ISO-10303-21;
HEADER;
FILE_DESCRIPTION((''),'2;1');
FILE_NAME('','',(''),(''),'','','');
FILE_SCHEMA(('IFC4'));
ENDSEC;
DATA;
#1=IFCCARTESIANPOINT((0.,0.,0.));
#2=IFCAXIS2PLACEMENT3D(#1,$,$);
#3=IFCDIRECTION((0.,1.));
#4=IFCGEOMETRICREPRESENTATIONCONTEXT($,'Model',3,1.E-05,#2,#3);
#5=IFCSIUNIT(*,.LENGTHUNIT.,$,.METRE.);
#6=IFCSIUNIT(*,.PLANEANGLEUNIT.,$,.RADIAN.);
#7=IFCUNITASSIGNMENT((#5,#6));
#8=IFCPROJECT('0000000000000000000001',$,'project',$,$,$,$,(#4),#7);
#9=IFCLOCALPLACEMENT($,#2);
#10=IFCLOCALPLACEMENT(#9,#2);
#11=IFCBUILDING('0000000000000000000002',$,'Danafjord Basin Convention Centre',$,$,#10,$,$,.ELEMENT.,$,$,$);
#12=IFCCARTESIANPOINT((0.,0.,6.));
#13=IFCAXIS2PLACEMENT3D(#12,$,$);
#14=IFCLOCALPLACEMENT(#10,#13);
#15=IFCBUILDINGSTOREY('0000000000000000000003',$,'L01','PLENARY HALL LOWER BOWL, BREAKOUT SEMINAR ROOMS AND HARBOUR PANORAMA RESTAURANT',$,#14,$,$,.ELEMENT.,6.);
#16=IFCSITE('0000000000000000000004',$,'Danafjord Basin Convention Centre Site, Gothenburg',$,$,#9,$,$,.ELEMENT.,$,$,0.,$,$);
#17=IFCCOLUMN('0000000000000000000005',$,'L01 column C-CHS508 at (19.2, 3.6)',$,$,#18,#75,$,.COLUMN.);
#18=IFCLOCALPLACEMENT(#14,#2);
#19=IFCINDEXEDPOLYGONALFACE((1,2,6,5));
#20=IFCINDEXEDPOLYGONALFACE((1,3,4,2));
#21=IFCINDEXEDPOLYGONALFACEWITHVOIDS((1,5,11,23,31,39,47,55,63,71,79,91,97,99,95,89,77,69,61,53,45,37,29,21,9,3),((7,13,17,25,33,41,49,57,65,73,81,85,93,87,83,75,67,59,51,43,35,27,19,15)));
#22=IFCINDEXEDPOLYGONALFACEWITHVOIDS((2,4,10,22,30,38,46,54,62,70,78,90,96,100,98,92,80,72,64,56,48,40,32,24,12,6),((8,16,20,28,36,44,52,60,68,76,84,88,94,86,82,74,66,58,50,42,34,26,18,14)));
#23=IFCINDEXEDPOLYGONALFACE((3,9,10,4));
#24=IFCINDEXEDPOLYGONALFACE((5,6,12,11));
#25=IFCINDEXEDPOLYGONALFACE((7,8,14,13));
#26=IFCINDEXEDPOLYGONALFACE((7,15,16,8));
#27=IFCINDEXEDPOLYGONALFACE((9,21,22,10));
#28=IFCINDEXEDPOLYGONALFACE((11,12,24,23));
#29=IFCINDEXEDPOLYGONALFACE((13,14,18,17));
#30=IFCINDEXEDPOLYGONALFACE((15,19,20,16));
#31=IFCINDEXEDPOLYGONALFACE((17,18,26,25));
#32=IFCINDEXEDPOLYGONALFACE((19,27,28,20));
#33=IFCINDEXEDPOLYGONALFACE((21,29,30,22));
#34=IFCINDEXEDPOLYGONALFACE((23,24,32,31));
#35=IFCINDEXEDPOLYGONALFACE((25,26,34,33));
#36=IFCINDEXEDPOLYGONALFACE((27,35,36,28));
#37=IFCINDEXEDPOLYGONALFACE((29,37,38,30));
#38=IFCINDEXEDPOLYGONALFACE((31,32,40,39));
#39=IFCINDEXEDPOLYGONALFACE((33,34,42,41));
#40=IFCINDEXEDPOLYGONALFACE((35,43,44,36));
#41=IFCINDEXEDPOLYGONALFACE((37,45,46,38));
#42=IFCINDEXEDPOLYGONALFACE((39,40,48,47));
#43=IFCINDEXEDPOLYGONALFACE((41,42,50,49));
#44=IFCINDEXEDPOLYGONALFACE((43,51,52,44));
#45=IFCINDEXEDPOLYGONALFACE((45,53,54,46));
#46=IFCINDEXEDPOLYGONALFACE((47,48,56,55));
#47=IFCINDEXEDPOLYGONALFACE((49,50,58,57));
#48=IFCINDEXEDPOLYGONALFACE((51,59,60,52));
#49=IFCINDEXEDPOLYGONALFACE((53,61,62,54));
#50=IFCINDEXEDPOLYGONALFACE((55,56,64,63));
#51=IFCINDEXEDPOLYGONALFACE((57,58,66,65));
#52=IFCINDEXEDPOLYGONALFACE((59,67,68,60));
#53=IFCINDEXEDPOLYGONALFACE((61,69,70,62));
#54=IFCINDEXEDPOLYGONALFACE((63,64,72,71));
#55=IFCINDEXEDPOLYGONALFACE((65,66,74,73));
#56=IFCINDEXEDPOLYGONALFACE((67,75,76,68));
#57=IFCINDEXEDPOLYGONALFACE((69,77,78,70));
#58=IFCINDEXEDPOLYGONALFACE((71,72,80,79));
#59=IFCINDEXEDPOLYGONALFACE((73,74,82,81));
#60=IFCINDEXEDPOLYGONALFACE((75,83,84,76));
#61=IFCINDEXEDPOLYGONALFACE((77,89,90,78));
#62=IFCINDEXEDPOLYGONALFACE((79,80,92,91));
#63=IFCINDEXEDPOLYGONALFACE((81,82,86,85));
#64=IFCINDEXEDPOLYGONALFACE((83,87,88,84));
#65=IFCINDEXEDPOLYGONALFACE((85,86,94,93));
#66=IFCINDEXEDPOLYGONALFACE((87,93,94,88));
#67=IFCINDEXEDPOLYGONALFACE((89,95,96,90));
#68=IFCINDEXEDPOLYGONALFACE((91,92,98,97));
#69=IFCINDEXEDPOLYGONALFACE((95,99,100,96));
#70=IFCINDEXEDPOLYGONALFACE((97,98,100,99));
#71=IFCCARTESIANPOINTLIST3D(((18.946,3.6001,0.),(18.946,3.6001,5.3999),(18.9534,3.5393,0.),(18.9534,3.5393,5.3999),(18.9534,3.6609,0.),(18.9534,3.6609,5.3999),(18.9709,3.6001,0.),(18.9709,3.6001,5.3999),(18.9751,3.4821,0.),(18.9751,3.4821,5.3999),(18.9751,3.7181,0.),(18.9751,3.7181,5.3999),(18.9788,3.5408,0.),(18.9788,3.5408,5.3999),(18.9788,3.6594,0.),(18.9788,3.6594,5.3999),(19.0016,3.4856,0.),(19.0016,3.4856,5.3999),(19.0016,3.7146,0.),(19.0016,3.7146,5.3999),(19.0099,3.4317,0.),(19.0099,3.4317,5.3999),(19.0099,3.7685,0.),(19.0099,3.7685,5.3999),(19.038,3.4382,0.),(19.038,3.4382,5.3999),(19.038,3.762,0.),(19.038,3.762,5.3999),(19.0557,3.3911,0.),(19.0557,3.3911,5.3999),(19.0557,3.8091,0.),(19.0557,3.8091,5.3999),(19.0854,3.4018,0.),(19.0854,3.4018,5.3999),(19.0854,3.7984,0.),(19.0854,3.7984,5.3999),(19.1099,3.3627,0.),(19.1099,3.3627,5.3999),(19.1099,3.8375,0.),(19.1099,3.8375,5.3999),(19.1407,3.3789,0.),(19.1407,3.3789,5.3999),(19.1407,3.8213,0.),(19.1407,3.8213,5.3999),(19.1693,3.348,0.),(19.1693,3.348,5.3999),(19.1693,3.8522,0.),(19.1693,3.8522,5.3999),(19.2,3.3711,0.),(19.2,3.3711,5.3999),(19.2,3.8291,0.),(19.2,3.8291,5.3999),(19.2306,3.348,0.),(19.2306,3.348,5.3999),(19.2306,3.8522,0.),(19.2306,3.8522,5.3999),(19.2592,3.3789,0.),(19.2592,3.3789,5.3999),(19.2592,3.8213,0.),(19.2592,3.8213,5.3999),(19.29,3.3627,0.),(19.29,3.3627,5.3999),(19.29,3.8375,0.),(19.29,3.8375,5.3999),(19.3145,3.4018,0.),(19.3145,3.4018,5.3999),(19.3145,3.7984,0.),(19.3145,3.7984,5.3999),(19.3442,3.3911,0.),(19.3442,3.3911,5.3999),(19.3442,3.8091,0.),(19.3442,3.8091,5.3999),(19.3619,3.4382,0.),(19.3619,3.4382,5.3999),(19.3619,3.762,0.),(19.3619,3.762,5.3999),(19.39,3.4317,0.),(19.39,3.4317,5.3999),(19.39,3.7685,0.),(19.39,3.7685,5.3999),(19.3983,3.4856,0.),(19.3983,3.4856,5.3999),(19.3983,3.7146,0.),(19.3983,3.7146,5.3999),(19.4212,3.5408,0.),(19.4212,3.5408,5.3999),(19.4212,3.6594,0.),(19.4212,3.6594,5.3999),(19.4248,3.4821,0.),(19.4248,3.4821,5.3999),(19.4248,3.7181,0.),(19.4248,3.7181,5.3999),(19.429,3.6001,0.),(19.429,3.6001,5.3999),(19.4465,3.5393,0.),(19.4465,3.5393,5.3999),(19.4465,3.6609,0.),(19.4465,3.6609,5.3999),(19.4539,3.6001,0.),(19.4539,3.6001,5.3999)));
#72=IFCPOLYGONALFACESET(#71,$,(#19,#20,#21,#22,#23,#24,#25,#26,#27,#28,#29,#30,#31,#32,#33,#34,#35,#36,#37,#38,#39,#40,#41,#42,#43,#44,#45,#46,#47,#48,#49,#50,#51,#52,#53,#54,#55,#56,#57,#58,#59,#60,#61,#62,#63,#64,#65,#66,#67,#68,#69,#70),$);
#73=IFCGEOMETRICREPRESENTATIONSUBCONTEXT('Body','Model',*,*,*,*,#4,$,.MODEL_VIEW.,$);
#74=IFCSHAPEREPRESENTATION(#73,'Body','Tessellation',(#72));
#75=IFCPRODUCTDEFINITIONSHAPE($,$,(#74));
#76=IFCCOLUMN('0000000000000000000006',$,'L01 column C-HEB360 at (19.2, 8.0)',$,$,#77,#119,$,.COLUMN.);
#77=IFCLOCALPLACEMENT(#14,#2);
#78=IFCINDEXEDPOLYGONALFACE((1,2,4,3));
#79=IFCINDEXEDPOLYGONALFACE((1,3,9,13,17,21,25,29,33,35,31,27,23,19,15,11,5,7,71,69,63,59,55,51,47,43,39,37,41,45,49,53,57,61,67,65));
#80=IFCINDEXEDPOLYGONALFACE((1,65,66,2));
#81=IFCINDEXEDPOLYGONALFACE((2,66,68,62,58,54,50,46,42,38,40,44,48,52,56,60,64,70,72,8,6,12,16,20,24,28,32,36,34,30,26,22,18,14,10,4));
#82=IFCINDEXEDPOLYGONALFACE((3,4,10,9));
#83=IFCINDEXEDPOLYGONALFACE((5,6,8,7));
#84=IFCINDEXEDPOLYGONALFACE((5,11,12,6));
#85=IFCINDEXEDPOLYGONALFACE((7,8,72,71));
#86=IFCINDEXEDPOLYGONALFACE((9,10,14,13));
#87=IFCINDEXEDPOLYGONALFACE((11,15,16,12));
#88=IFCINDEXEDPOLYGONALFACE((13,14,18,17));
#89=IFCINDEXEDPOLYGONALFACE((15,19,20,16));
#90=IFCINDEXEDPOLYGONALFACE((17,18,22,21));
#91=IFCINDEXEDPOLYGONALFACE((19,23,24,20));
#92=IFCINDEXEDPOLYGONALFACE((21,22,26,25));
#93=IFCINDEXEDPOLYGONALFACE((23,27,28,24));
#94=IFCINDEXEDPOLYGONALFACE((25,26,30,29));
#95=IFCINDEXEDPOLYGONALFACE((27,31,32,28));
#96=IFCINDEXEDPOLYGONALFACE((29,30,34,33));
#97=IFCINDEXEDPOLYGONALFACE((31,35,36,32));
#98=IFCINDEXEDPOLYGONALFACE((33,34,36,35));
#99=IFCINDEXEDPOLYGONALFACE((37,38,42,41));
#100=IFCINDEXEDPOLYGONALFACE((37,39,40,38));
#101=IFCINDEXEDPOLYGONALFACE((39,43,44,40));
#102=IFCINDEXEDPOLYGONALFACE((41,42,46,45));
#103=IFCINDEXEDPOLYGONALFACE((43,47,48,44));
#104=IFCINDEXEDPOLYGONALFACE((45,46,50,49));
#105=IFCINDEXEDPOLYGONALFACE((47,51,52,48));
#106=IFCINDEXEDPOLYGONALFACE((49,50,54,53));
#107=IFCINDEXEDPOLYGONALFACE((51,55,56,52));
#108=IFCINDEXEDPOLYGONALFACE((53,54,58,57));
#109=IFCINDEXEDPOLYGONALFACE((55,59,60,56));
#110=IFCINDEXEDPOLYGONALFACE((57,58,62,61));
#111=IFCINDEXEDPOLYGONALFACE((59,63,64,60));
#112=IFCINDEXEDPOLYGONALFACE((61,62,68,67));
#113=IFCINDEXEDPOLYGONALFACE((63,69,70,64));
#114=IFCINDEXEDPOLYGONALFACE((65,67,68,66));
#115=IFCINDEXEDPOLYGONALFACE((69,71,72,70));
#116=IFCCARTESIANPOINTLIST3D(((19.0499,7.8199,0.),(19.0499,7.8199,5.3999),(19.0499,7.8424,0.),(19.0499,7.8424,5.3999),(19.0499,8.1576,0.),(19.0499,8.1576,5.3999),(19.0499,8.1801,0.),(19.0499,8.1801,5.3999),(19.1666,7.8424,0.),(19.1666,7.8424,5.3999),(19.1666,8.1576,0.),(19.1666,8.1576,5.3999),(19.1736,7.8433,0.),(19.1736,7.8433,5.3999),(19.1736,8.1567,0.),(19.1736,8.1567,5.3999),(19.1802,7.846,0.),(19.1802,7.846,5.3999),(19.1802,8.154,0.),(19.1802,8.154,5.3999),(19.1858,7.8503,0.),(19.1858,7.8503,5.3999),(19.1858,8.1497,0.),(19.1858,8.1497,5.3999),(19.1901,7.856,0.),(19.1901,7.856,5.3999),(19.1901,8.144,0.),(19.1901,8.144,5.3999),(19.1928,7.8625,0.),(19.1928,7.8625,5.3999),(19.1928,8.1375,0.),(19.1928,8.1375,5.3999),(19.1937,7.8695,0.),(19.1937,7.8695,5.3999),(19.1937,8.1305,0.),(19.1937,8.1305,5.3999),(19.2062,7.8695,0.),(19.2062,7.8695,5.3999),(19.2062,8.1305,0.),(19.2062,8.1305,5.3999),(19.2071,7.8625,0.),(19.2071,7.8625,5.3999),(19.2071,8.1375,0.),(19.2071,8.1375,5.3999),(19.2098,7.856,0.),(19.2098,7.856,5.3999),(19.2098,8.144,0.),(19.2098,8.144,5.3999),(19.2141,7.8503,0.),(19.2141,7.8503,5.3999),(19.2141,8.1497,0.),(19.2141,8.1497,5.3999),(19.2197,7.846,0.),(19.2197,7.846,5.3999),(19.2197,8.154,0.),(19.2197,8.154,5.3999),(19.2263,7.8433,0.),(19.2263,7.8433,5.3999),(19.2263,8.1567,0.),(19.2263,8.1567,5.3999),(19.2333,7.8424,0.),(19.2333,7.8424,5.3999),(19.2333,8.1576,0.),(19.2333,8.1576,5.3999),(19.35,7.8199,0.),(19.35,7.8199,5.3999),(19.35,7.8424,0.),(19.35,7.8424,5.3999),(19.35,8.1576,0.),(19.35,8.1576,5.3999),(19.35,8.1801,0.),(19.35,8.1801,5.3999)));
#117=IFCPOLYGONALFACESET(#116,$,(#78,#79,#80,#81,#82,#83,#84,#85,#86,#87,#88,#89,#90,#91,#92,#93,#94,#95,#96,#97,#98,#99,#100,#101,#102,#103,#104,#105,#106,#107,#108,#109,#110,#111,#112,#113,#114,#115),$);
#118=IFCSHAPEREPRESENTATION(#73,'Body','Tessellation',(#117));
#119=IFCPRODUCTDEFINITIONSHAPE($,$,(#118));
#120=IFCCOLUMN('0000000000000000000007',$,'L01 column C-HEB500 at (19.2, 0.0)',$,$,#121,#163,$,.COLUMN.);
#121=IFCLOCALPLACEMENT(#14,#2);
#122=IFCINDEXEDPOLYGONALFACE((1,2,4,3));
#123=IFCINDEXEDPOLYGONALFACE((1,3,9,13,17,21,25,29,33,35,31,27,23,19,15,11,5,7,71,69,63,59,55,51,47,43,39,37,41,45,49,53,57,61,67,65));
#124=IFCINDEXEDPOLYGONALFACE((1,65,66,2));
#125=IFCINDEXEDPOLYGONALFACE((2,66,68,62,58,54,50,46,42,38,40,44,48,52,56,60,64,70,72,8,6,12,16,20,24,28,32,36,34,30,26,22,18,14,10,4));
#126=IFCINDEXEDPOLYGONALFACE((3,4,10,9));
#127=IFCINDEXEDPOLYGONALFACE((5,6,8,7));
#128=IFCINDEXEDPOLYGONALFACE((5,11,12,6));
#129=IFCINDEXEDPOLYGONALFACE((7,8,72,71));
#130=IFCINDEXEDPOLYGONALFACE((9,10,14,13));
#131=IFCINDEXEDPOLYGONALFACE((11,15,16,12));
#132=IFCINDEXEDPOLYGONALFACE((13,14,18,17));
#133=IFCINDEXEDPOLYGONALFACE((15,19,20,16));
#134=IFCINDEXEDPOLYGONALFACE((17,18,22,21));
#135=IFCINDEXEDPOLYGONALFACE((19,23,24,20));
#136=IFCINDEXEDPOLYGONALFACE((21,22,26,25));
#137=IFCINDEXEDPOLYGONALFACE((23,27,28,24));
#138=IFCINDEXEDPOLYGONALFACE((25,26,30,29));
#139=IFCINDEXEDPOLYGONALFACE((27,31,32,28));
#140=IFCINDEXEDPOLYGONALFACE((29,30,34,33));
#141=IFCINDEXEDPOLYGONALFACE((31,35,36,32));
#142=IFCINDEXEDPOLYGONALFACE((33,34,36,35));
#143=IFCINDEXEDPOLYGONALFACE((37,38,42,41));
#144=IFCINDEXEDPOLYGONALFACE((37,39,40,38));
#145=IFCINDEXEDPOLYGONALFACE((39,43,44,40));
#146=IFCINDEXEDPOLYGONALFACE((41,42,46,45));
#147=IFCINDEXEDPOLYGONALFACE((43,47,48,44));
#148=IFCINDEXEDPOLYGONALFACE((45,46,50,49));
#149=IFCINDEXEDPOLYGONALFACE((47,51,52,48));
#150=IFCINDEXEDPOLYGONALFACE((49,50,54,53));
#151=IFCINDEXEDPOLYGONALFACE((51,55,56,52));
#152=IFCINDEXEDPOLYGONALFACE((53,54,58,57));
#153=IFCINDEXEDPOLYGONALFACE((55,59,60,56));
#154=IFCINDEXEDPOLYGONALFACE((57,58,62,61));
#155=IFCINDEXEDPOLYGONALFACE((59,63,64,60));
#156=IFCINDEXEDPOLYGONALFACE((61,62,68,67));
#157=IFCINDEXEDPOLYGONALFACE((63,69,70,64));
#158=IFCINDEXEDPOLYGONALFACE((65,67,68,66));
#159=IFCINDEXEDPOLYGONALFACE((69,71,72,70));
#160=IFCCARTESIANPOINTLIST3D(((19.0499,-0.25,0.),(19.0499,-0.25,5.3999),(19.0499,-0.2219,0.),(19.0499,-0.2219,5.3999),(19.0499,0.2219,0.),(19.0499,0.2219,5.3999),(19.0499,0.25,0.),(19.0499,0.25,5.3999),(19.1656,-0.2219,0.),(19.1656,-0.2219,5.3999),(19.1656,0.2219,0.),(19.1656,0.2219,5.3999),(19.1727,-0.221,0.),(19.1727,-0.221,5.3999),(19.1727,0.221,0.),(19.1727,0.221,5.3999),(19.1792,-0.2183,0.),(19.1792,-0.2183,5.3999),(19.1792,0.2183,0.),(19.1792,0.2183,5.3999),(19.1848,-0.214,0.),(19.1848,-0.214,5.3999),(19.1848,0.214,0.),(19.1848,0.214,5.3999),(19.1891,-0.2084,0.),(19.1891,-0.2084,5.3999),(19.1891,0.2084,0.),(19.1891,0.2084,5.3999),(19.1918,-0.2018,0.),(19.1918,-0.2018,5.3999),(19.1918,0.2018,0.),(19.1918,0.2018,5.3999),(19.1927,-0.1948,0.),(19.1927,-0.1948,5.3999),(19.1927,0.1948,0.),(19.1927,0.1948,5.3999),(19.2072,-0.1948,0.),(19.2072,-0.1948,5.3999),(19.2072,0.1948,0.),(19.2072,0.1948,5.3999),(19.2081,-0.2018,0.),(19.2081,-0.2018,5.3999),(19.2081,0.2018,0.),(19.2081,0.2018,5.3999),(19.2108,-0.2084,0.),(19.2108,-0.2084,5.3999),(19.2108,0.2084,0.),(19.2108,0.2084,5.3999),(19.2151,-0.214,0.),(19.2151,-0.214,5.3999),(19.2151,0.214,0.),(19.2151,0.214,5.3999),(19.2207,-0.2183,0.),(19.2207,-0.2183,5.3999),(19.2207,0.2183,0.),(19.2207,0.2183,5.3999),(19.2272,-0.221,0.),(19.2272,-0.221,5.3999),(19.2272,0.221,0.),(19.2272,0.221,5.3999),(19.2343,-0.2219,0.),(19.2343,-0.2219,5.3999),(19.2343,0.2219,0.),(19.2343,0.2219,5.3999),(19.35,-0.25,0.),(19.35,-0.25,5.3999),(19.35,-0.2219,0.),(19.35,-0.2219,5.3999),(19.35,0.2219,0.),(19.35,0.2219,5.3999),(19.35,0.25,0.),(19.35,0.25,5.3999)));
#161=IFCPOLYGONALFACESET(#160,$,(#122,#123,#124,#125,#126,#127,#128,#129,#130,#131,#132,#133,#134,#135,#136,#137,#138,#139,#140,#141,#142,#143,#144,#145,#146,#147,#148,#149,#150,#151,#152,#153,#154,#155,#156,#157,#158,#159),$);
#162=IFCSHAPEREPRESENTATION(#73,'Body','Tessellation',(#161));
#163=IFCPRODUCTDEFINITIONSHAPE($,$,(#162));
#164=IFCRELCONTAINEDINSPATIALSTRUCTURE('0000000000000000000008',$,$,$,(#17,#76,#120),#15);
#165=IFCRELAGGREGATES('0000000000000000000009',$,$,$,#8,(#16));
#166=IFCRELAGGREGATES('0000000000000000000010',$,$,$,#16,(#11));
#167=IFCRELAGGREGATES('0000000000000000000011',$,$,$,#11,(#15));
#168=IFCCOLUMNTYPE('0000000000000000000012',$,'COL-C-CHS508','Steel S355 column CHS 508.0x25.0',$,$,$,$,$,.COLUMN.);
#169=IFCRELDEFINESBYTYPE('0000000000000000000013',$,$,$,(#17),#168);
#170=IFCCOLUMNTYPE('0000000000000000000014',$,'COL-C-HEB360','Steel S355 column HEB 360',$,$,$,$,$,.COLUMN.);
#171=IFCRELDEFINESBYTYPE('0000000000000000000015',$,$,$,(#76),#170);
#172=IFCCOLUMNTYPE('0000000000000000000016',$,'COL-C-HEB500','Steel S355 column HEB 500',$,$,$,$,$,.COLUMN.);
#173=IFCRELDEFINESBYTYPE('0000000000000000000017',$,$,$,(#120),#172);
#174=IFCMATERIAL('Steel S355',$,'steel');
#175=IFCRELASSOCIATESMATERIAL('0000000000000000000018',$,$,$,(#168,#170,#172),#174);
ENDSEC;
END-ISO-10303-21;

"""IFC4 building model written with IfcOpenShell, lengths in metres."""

from ifc_helpers import new_model, si_unit, direction, frame, origin, origin_2d, place, context, subcontext, project, spatial, hollow_circle, i_section, extrude, material, material_profile, profile_set, type_object, element, save


model = new_model("IFC4")

# Units and contexts
model_context = context("Model", 3, precision=1e-05, world=origin(), true_north=direction((0.0, 1.0)))
body_context = subcontext(model_context, "Body", "Model", "MODEL_VIEW")
ifc_project = project(units=[si_unit("LENGTHUNIT", "METRE"), si_unit("PLANEANGLEUNIT", "RADIAN")], contexts=[model_context])

# Site, building, storey
site_placement = place(None, origin())
site = spatial("IfcSite", under=ifc_project, at=site_placement, Name="Danafjord Basin Convention Centre Site, Gothenburg", CompositionType="ELEMENT", RefElevation=0.0)
building_placement = place(site_placement, origin())
building = spatial("IfcBuilding", under=site, at=building_placement, Name="Danafjord Basin Convention Centre", CompositionType="ELEMENT")
storey_placement = place(building_placement, frame((0.0, 0.0, 6.0)))
storey = spatial("IfcBuildingStorey", under=building, at=storey_placement, Name="L01", Description="PLENARY HALL LOWER BOWL, BREAKOUT SEMINAR ROOMS AND HARBOUR PANORAMA RESTAURANT", CompositionType="ELEMENT", Elevation=6.0)

# Columns
ifc_material_1 = material(Name="Steel S355", Category="steel")
ifc_material_profile_1 = material_profile(ifc_material_1, hollow_circle(Radius=0.2539, WallThickness=0.0249, at=origin_2d()), Name="CHS 508.0x25.0")
ifc_profile_set_1 = profile_set([ifc_material_profile_1], Name="Steel S355")
column_type_1 = type_object("IfcColumnType", Name="COL-C-CHS508", Description="Steel S355 column CHS 508.0x25.0", PredefinedType="COLUMN", material=ifc_profile_set_1)
column_1_placement = place(storey_placement, frame((19.2, 3.6001, 0.0), z_axis=(0.0, 0.0, 1.0), x_axis=(1.0, 0.0, 0.0)))
element("IfcColumn", 1, at=column_1_placement, inside=storey, type_object=column_type_1, Name="L01 column C-CHS508 at (19.2, 3.6)", PredefinedType="COLUMN", context=body_context, shape_type="SweptSolid", body=[
    extrude(hollow_circle(Radius=0.2539, WallThickness=0.0249, at=origin_2d()), origin(), (0.0, 0.0, 1.0), 5.3999),
])
ifc_material_profile_2 = material_profile(ifc_material_1, i_section(OverallWidth=0.3, OverallDepth=0.3601, WebThickness=0.0125, FlangeThickness=0.0225, FilletRadius=0.0271, at=origin_2d()), Name="HEB 360")
ifc_profile_set_2 = profile_set([ifc_material_profile_2], Name="Steel S355")
column_type_2 = type_object("IfcColumnType", Name="COL-C-HEB360", Description="Steel S355 column HEB 360", PredefinedType="COLUMN", material=ifc_profile_set_2)
column_2_placement = place(storey_placement, frame((19.2, 8.0, 0.0), z_axis=(0.0, 0.0, 1.0), x_axis=(1.0, 0.0, 0.0)))
element("IfcColumn", 2, at=column_2_placement, inside=storey, type_object=column_type_2, Name="L01 column C-HEB360 at (19.2, 8.0)", PredefinedType="COLUMN", context=body_context, shape_type="SweptSolid", body=[
    extrude(i_section(OverallWidth=0.3, OverallDepth=0.3601, WebThickness=0.0125, FlangeThickness=0.0225, FilletRadius=0.0271, at=origin_2d()), origin(), (0.0, 0.0, 1.0), 5.3999),
])
ifc_material_profile_3 = material_profile(ifc_material_1, i_section(OverallWidth=0.3, OverallDepth=0.5, WebThickness=0.0144, FlangeThickness=0.0281, FilletRadius=0.0271, at=origin_2d()), Name="HEB 500")
ifc_profile_set_3 = profile_set([ifc_material_profile_3], Name="Steel S355")
column_type_3 = type_object("IfcColumnType", Name="COL-C-HEB500", Description="Steel S355 column HEB 500", PredefinedType="COLUMN", material=ifc_profile_set_3)
column_3_placement = place(storey_placement, frame((19.2, 0.0, 0.0), z_axis=(0.0, 0.0, 1.0), x_axis=(1.0, 0.0, 0.0)))
element("IfcColumn", 3, at=column_3_placement, inside=storey, type_object=column_type_3, Name="L01 column C-HEB500 at (19.2, 0.0)", PredefinedType="COLUMN", context=body_context, shape_type="SweptSolid", body=[
    extrude(i_section(OverallWidth=0.3, OverallDepth=0.5, WebThickness=0.0144, FlangeThickness=0.0281, FilletRadius=0.0271, at=origin_2d()), origin(), (0.0, 0.0, 1.0), 5.3999),
])

save(model, "model.ifc")
